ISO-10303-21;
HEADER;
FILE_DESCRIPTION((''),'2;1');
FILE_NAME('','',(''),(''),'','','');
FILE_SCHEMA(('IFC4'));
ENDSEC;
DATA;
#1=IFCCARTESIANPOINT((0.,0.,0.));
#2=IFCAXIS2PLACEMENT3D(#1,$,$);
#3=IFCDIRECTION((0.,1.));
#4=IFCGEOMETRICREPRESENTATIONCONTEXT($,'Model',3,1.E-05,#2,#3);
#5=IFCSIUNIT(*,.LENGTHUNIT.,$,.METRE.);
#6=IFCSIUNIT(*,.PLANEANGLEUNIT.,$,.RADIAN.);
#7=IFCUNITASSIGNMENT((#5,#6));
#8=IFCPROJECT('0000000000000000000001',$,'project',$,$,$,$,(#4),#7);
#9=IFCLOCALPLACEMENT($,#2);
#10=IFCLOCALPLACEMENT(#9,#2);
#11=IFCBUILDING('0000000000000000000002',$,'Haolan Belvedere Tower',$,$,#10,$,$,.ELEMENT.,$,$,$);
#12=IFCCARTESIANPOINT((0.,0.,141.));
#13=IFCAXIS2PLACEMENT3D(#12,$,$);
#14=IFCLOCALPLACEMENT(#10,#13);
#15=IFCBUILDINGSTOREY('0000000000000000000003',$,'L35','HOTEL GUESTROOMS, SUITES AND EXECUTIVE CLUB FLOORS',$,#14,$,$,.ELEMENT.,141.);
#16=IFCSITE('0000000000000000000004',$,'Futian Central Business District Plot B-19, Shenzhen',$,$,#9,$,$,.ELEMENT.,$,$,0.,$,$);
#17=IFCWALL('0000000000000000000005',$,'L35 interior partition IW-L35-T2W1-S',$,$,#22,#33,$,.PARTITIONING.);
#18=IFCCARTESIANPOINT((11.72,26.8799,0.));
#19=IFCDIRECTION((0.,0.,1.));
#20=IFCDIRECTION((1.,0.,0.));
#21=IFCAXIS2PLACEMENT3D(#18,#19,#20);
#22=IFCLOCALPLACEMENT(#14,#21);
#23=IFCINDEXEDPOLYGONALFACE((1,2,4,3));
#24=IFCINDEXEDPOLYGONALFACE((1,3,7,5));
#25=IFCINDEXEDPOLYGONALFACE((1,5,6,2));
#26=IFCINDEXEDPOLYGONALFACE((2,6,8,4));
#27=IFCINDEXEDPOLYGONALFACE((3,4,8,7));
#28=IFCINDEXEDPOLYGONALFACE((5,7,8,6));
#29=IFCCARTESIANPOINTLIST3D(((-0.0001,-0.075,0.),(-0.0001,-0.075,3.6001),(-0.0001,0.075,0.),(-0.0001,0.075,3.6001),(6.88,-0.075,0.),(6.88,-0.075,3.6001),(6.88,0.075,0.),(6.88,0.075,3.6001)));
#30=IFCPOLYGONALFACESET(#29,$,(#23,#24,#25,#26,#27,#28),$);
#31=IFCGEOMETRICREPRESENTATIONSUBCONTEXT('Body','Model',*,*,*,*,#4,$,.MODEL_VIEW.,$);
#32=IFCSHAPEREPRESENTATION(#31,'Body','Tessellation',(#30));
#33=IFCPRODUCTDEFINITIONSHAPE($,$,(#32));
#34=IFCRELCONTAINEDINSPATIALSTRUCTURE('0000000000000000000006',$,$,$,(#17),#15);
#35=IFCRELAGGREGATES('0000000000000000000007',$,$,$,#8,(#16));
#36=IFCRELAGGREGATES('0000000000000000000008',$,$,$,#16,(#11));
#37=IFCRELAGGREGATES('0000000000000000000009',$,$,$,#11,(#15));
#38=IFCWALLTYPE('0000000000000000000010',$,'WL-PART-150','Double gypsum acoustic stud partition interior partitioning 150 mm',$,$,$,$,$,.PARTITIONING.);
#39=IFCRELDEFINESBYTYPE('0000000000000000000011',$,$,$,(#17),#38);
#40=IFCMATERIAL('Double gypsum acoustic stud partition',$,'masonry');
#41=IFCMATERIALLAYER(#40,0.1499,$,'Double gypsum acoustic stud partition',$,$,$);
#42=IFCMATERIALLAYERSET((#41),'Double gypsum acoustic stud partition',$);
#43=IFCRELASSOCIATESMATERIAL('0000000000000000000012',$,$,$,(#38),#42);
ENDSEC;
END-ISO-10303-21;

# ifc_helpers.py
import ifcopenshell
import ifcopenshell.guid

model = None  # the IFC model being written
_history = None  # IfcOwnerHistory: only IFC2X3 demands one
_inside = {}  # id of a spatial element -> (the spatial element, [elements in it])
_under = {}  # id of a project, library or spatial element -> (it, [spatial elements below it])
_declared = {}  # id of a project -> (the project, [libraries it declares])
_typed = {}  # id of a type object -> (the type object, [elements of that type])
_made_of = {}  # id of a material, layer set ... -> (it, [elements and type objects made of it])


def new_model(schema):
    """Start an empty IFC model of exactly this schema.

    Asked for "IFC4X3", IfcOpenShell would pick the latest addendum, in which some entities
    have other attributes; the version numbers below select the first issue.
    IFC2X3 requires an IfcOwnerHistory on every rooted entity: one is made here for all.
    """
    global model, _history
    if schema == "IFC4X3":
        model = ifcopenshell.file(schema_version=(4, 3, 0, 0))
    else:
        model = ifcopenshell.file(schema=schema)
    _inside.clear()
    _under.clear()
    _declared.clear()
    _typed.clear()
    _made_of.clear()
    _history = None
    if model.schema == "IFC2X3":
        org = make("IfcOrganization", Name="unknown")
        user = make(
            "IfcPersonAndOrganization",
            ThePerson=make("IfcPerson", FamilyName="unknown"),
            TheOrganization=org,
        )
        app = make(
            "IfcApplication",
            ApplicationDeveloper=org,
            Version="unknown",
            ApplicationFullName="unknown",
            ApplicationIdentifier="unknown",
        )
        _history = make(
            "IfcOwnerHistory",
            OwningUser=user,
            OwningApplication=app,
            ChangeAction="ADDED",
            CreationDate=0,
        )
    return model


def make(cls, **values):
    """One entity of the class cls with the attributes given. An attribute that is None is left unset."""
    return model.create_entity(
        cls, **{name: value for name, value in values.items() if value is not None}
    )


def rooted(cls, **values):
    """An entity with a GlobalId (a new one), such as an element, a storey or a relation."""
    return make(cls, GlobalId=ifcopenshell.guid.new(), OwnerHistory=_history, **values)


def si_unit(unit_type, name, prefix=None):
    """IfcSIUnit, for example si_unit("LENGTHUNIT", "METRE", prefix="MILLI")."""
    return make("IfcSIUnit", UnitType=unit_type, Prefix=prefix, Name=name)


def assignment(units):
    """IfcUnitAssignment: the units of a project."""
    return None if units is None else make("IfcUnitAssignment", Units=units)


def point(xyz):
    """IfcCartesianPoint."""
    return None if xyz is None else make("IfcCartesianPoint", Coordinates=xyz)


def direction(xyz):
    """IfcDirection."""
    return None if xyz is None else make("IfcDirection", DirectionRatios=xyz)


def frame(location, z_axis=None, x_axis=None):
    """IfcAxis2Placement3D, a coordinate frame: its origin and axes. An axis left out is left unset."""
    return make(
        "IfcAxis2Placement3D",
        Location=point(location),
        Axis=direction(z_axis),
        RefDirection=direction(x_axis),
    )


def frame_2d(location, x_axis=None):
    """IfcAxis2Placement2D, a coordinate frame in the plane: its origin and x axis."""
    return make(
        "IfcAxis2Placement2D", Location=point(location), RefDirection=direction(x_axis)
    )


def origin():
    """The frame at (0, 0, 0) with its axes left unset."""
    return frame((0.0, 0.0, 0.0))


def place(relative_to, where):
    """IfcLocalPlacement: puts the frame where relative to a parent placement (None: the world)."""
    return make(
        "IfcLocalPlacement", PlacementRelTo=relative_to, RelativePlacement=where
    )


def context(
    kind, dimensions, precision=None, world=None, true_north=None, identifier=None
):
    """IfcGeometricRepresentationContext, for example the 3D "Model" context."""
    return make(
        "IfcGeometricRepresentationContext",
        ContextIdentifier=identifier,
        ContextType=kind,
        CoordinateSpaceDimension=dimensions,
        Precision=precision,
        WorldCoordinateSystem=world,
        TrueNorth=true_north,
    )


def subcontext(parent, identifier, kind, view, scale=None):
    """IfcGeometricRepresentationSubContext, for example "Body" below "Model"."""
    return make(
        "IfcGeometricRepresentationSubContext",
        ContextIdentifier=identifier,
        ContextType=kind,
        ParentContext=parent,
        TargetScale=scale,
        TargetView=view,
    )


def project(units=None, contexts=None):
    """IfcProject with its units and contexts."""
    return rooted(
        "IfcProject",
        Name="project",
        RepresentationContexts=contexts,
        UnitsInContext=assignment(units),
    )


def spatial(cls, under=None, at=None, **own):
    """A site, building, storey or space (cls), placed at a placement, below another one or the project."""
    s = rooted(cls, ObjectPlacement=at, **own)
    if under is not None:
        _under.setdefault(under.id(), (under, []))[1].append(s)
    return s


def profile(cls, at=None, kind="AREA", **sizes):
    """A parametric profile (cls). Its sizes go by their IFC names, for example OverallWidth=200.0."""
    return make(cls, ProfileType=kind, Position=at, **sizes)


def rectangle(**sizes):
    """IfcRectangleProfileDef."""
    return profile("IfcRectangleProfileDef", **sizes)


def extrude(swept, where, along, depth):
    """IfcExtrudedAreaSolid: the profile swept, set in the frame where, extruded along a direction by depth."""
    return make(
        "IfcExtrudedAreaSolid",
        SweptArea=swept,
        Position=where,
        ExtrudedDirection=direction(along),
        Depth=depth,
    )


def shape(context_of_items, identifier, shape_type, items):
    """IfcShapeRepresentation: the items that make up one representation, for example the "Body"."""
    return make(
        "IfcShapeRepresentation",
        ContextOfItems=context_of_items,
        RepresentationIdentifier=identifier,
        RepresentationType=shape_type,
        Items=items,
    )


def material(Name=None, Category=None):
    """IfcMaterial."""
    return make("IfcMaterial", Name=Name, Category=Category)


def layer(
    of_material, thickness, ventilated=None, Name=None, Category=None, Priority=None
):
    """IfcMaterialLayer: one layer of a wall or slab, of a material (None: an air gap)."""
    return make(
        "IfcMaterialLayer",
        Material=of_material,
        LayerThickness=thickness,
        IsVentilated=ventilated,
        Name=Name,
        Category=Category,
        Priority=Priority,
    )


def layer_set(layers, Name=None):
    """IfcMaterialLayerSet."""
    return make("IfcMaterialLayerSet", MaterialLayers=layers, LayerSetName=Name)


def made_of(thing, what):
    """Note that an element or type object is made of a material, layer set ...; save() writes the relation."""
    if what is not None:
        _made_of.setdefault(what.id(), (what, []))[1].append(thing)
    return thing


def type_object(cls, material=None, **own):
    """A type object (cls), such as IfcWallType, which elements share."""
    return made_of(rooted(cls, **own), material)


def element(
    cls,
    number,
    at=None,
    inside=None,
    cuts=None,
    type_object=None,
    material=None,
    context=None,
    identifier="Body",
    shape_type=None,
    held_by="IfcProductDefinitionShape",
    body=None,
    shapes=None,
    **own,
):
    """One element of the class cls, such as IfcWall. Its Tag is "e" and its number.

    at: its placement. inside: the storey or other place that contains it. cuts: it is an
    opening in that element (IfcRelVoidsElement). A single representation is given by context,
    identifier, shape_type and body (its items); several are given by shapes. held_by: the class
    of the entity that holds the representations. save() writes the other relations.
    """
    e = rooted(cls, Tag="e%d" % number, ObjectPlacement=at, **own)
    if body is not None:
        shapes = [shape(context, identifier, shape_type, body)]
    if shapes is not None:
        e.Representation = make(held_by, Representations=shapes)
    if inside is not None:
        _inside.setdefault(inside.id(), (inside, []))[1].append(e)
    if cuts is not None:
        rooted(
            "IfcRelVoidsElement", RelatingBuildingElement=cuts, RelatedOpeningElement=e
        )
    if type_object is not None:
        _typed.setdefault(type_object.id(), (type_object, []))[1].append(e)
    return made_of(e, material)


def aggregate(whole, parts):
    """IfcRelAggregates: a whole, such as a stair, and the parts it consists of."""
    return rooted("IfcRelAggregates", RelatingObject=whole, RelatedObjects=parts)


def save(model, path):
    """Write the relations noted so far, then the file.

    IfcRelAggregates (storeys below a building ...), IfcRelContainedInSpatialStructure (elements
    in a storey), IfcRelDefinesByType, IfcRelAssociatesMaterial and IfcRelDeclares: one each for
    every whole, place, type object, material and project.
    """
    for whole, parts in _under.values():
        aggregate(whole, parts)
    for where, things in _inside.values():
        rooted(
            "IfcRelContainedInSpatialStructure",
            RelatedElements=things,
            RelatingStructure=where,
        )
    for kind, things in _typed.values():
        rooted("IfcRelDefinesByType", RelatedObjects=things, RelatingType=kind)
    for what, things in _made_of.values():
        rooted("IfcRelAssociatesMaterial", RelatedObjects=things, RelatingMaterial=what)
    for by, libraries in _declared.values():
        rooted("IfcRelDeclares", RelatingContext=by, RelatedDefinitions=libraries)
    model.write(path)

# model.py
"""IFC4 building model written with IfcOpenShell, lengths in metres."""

from ifc_helpers import new_model, si_unit, direction, frame, frame_2d, origin, place, context, subcontext, project, spatial, rectangle, extrude, material, layer, layer_set, type_object, element, save


model = new_model("IFC4")

# Units and contexts
model_context = context("Model", 3, precision=1e-05, world=origin(), true_north=direction((0.0, 1.0)))
body_context = subcontext(model_context, "Body", "Model", "MODEL_VIEW")
ifc_project = project(units=[si_unit("LENGTHUNIT", "METRE"), si_unit("PLANEANGLEUNIT", "RADIAN")], contexts=[model_context])

# Site, building, storey
site_placement = place(None, origin())
site = spatial("IfcSite", under=ifc_project, at=site_placement, Name="Futian Central Business District Plot B-19, Shenzhen", CompositionType="ELEMENT", RefElevation=0.0)
building_placement = place(site_placement, origin())
building = spatial("IfcBuilding", under=site, at=building_placement, Name="Haolan Belvedere Tower", CompositionType="ELEMENT")
storey_placement = place(building_placement, frame((0.0, 0.0, 141.0)))
storey = spatial("IfcBuildingStorey", under=building, at=storey_placement, Name="L35", Description="HOTEL GUESTROOMS, SUITES AND EXECUTIVE CLUB FLOORS", CompositionType="ELEMENT", Elevation=141.0)

# Wall
ifc_material_1 = material(Name="Double gypsum acoustic stud partition", Category="masonry")
ifc_layer_1 = layer(ifc_material_1, 0.1499, Name="Double gypsum acoustic stud partition")
ifc_layer_set_1 = layer_set([ifc_layer_1], Name="Double gypsum acoustic stud partition")
wall_type_1 = type_object("IfcWallType", Name="WL-PART-150", Description="Double gypsum acoustic stud partition interior partitioning 150 mm", PredefinedType="PARTITIONING", material=ifc_layer_set_1)
wall_1_placement = place(storey_placement, frame((11.72, 26.8799, 0.0), z_axis=(0.0, 0.0, 1.0), x_axis=(1.0, 0.0, 0.0)))
element("IfcWall", 1, at=wall_1_placement, inside=storey, type_object=wall_type_1, Name="L35 interior partition IW-L35-T2W1-S", PredefinedType="PARTITIONING", context=body_context, shape_type="SweptSolid", body=[
    extrude(rectangle(XDim=6.8801, YDim=0.1499, at=frame_2d((3.4399, 0.0))), origin(), (0.0, 0.0, 1.0), 3.6001),
])

save(model, "model.ifc")
